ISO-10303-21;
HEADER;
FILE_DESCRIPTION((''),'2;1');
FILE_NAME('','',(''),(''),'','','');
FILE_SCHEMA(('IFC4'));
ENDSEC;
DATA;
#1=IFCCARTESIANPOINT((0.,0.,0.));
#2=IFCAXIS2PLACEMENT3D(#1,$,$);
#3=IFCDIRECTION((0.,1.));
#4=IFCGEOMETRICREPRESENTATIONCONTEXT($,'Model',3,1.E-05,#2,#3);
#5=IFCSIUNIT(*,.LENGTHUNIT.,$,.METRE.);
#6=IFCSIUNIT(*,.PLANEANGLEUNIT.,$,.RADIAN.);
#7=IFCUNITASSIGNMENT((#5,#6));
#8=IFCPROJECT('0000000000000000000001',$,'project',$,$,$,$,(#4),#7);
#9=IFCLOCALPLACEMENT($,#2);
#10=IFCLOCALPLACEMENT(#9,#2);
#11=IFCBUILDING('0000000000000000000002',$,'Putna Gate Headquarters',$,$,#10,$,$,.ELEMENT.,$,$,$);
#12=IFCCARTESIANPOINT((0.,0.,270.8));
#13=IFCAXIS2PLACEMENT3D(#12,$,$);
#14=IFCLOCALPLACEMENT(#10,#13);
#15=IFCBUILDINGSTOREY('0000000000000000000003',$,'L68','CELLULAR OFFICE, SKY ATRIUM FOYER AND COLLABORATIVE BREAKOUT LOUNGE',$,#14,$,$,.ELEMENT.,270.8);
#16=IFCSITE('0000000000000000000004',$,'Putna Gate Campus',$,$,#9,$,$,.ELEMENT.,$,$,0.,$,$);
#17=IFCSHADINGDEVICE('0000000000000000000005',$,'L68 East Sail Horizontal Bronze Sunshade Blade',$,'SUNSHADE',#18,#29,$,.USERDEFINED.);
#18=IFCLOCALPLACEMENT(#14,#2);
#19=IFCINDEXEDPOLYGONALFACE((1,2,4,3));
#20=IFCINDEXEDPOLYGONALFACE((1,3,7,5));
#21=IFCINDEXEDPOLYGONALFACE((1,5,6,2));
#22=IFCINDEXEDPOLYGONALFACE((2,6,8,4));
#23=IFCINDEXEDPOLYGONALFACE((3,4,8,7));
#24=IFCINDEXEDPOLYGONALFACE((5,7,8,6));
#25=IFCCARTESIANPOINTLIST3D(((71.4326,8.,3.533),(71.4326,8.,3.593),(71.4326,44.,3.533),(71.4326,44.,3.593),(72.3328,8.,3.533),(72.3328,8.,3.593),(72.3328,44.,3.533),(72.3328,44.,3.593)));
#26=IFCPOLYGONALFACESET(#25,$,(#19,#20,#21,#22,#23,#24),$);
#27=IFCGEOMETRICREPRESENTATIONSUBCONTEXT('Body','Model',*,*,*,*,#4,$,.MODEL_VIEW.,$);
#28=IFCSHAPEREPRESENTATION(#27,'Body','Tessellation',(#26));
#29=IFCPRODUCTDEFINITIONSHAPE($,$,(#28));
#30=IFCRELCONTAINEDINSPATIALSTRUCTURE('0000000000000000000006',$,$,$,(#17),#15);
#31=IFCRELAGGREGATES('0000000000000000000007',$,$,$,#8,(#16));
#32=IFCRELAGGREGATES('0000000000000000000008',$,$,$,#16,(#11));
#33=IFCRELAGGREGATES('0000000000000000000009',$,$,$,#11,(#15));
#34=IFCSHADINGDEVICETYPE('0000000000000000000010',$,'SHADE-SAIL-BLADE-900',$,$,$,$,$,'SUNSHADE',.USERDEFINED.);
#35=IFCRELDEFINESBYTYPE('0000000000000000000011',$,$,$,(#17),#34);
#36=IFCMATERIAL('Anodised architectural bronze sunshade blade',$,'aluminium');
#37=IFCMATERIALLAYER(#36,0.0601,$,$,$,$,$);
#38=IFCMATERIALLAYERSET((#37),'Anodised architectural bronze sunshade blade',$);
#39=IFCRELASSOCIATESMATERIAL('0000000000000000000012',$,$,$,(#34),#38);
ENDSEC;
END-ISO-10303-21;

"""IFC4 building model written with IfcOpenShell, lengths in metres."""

from ifc_helpers import new_model, si_unit, direction, frame, origin, place, context, subcontext, project, spatial, polyline, outline, extrude, material, layer, layer_set, type_object, element, save


model = new_model("IFC4")

# Units and contexts
model_context = context("Model", 3, precision=1e-05, world=origin(), true_north=direction((0.0, 1.0)))
body_context = subcontext(model_context, "Body", "Model", "MODEL_VIEW")
ifc_project = project(units=[si_unit("LENGTHUNIT", "METRE"), si_unit("PLANEANGLEUNIT", "RADIAN")], contexts=[model_context])

# Site, building, storey
site_placement = place(None, origin())
site = spatial("IfcSite", under=ifc_project, at=site_placement, Name="Putna Gate Campus", CompositionType="ELEMENT", RefElevation=0.0)
building_placement = place(site_placement, origin())
building = spatial("IfcBuilding", under=site, at=building_placement, Name="Putna Gate Headquarters", CompositionType="ELEMENT")
storey_placement = place(building_placement, frame((0.0, 0.0, 270.8)))
storey = spatial("IfcBuildingStorey", under=building, at=storey_placement, Name="L68", Description="CELLULAR OFFICE, SKY ATRIUM FOYER AND COLLABORATIVE BREAKOUT LOUNGE", CompositionType="ELEMENT", Elevation=270.8)

# Shading device
ifc_material_1 = material(Name="Anodised architectural bronze sunshade blade", Category="aluminium")
ifc_layer_1 = layer(ifc_material_1, 0.0601)
ifc_layer_set_1 = layer_set([ifc_layer_1], Name="Anodised architectural bronze sunshade blade")
shading_device_type_1 = type_object("IfcShadingDeviceType", Name="SHADE-SAIL-BLADE-900", ElementType="SUNSHADE", PredefinedType="USERDEFINED", material=ifc_layer_set_1)
shading_device_placement = place(storey_placement, frame((0.0, 0.0, 3.533)))
element("IfcShadingDevice", 1, at=shading_device_placement, inside=storey, type_object=shading_device_type_1, Name="L68 East Sail Horizontal Bronze Sunshade Blade", ObjectType="SUNSHADE", PredefinedType="USERDEFINED", context=body_context, shape_type="SweptSolid", body=[
    extrude(outline(polyline([(71.4326, 8.0), (72.3328, 8.0), (72.3328, 44.0), (71.4326, 44.0), (71.4326, 8.0)])), origin(), (0.0, 0.0, 1.0), 0.0601),
])

save(model, "model.ifc")
